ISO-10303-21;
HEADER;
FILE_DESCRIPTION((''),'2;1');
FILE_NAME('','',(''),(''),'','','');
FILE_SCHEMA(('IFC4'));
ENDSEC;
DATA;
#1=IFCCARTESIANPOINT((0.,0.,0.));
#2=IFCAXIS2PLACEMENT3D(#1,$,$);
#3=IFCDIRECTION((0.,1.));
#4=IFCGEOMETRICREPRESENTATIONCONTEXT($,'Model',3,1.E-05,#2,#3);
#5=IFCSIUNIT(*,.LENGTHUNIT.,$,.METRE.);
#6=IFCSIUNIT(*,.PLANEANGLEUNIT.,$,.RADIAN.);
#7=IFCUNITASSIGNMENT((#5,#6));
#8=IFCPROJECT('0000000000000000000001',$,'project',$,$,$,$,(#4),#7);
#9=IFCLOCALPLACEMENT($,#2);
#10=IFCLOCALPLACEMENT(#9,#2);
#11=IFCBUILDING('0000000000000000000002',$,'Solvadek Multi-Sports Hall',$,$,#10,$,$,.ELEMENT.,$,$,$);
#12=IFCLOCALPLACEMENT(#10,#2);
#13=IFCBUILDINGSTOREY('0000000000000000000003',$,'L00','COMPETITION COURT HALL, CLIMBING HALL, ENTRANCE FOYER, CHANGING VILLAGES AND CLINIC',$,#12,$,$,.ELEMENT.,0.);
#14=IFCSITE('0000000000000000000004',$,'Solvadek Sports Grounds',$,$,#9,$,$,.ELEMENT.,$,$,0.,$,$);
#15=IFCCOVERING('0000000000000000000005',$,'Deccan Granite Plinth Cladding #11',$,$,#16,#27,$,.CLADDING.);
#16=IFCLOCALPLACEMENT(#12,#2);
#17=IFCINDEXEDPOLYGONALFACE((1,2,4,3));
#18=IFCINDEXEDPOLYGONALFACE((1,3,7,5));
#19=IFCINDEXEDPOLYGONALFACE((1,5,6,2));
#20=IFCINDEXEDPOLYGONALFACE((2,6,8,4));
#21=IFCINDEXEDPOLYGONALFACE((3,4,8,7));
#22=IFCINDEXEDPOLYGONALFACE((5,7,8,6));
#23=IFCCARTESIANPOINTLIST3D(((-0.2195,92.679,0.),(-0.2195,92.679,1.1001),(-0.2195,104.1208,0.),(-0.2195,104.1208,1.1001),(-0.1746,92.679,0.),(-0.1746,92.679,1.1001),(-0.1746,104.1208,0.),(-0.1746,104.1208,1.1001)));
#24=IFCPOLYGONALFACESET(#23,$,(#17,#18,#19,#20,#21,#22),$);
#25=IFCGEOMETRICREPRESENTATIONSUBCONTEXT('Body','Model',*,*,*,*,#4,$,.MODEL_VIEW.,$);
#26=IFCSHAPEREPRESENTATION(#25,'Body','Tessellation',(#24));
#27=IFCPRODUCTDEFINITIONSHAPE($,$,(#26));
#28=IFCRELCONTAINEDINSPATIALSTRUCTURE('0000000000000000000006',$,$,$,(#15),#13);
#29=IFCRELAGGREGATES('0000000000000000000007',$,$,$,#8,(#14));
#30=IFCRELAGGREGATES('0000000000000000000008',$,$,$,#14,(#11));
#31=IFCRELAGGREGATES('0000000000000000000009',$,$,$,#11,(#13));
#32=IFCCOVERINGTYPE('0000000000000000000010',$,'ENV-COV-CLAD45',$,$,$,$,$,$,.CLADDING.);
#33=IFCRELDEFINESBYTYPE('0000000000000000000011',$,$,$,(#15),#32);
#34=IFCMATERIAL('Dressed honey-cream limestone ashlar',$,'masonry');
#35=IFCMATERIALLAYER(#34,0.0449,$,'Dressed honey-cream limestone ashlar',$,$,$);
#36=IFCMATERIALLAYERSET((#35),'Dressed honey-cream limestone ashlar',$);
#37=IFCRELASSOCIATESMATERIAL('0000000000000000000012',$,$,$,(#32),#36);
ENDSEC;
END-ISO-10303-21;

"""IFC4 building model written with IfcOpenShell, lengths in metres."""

from ifc_helpers import new_model, si_unit, direction, frame, origin, origin_2d, place, context, subcontext, project, spatial, rectangle, extrude, material, layer, layer_set, type_object, element, save


model = new_model("IFC4")

# Units and contexts
model_context = context("Model", 3, precision=1e-05, world=origin(), true_north=direction((0.0, 1.0)))
body_context = subcontext(model_context, "Body", "Model", "MODEL_VIEW")
ifc_project = project(units=[si_unit("LENGTHUNIT", "METRE"), si_unit("PLANEANGLEUNIT", "RADIAN")], contexts=[model_context])

# Site, building, storey
site_placement = place(None, origin())
site = spatial("IfcSite", under=ifc_project, at=site_placement, Name="Solvadek Sports Grounds", CompositionType="ELEMENT", RefElevation=0.0)
building_placement = place(site_placement, origin())
building = spatial("IfcBuilding", under=site, at=building_placement, Name="Solvadek Multi-Sports Hall", CompositionType="ELEMENT")
storey_placement = place(building_placement, origin())
storey = spatial("IfcBuildingStorey", under=building, at=storey_placement, Name="L00", Description="COMPETITION COURT HALL, CLIMBING HALL, ENTRANCE FOYER, CHANGING VILLAGES AND CLINIC", CompositionType="ELEMENT", Elevation=0.0)

# Covering
ifc_material_1 = material(Name="Dressed honey-cream limestone ashlar", Category="masonry")
ifc_layer_1 = layer(ifc_material_1, 0.0449, Name="Dressed honey-cream limestone ashlar")
ifc_layer_set_1 = layer_set([ifc_layer_1], Name="Dressed honey-cream limestone ashlar")
covering_type = type_object("IfcCoveringType", Name="ENV-COV-CLAD45", PredefinedType="CLADDING", material=ifc_layer_set_1)
covering_placement = place(storey_placement, frame((-0.197, 98.3999, 0.0), z_axis=(0.0, 0.0, 1.0), x_axis=(0.0, 1.0, 0.0)))
element("IfcCovering", 1, at=covering_placement, inside=storey, type_object=covering_type, Name="Deccan Granite Plinth Cladding #11", PredefinedType="CLADDING", context=body_context, shape_type="SweptSolid", body=[
    extrude(rectangle(XDim=11.4419, YDim=0.0449, at=origin_2d()), origin(), (0.0, 0.0, 1.0), 1.1001),
])

save(model, "model.ifc")
